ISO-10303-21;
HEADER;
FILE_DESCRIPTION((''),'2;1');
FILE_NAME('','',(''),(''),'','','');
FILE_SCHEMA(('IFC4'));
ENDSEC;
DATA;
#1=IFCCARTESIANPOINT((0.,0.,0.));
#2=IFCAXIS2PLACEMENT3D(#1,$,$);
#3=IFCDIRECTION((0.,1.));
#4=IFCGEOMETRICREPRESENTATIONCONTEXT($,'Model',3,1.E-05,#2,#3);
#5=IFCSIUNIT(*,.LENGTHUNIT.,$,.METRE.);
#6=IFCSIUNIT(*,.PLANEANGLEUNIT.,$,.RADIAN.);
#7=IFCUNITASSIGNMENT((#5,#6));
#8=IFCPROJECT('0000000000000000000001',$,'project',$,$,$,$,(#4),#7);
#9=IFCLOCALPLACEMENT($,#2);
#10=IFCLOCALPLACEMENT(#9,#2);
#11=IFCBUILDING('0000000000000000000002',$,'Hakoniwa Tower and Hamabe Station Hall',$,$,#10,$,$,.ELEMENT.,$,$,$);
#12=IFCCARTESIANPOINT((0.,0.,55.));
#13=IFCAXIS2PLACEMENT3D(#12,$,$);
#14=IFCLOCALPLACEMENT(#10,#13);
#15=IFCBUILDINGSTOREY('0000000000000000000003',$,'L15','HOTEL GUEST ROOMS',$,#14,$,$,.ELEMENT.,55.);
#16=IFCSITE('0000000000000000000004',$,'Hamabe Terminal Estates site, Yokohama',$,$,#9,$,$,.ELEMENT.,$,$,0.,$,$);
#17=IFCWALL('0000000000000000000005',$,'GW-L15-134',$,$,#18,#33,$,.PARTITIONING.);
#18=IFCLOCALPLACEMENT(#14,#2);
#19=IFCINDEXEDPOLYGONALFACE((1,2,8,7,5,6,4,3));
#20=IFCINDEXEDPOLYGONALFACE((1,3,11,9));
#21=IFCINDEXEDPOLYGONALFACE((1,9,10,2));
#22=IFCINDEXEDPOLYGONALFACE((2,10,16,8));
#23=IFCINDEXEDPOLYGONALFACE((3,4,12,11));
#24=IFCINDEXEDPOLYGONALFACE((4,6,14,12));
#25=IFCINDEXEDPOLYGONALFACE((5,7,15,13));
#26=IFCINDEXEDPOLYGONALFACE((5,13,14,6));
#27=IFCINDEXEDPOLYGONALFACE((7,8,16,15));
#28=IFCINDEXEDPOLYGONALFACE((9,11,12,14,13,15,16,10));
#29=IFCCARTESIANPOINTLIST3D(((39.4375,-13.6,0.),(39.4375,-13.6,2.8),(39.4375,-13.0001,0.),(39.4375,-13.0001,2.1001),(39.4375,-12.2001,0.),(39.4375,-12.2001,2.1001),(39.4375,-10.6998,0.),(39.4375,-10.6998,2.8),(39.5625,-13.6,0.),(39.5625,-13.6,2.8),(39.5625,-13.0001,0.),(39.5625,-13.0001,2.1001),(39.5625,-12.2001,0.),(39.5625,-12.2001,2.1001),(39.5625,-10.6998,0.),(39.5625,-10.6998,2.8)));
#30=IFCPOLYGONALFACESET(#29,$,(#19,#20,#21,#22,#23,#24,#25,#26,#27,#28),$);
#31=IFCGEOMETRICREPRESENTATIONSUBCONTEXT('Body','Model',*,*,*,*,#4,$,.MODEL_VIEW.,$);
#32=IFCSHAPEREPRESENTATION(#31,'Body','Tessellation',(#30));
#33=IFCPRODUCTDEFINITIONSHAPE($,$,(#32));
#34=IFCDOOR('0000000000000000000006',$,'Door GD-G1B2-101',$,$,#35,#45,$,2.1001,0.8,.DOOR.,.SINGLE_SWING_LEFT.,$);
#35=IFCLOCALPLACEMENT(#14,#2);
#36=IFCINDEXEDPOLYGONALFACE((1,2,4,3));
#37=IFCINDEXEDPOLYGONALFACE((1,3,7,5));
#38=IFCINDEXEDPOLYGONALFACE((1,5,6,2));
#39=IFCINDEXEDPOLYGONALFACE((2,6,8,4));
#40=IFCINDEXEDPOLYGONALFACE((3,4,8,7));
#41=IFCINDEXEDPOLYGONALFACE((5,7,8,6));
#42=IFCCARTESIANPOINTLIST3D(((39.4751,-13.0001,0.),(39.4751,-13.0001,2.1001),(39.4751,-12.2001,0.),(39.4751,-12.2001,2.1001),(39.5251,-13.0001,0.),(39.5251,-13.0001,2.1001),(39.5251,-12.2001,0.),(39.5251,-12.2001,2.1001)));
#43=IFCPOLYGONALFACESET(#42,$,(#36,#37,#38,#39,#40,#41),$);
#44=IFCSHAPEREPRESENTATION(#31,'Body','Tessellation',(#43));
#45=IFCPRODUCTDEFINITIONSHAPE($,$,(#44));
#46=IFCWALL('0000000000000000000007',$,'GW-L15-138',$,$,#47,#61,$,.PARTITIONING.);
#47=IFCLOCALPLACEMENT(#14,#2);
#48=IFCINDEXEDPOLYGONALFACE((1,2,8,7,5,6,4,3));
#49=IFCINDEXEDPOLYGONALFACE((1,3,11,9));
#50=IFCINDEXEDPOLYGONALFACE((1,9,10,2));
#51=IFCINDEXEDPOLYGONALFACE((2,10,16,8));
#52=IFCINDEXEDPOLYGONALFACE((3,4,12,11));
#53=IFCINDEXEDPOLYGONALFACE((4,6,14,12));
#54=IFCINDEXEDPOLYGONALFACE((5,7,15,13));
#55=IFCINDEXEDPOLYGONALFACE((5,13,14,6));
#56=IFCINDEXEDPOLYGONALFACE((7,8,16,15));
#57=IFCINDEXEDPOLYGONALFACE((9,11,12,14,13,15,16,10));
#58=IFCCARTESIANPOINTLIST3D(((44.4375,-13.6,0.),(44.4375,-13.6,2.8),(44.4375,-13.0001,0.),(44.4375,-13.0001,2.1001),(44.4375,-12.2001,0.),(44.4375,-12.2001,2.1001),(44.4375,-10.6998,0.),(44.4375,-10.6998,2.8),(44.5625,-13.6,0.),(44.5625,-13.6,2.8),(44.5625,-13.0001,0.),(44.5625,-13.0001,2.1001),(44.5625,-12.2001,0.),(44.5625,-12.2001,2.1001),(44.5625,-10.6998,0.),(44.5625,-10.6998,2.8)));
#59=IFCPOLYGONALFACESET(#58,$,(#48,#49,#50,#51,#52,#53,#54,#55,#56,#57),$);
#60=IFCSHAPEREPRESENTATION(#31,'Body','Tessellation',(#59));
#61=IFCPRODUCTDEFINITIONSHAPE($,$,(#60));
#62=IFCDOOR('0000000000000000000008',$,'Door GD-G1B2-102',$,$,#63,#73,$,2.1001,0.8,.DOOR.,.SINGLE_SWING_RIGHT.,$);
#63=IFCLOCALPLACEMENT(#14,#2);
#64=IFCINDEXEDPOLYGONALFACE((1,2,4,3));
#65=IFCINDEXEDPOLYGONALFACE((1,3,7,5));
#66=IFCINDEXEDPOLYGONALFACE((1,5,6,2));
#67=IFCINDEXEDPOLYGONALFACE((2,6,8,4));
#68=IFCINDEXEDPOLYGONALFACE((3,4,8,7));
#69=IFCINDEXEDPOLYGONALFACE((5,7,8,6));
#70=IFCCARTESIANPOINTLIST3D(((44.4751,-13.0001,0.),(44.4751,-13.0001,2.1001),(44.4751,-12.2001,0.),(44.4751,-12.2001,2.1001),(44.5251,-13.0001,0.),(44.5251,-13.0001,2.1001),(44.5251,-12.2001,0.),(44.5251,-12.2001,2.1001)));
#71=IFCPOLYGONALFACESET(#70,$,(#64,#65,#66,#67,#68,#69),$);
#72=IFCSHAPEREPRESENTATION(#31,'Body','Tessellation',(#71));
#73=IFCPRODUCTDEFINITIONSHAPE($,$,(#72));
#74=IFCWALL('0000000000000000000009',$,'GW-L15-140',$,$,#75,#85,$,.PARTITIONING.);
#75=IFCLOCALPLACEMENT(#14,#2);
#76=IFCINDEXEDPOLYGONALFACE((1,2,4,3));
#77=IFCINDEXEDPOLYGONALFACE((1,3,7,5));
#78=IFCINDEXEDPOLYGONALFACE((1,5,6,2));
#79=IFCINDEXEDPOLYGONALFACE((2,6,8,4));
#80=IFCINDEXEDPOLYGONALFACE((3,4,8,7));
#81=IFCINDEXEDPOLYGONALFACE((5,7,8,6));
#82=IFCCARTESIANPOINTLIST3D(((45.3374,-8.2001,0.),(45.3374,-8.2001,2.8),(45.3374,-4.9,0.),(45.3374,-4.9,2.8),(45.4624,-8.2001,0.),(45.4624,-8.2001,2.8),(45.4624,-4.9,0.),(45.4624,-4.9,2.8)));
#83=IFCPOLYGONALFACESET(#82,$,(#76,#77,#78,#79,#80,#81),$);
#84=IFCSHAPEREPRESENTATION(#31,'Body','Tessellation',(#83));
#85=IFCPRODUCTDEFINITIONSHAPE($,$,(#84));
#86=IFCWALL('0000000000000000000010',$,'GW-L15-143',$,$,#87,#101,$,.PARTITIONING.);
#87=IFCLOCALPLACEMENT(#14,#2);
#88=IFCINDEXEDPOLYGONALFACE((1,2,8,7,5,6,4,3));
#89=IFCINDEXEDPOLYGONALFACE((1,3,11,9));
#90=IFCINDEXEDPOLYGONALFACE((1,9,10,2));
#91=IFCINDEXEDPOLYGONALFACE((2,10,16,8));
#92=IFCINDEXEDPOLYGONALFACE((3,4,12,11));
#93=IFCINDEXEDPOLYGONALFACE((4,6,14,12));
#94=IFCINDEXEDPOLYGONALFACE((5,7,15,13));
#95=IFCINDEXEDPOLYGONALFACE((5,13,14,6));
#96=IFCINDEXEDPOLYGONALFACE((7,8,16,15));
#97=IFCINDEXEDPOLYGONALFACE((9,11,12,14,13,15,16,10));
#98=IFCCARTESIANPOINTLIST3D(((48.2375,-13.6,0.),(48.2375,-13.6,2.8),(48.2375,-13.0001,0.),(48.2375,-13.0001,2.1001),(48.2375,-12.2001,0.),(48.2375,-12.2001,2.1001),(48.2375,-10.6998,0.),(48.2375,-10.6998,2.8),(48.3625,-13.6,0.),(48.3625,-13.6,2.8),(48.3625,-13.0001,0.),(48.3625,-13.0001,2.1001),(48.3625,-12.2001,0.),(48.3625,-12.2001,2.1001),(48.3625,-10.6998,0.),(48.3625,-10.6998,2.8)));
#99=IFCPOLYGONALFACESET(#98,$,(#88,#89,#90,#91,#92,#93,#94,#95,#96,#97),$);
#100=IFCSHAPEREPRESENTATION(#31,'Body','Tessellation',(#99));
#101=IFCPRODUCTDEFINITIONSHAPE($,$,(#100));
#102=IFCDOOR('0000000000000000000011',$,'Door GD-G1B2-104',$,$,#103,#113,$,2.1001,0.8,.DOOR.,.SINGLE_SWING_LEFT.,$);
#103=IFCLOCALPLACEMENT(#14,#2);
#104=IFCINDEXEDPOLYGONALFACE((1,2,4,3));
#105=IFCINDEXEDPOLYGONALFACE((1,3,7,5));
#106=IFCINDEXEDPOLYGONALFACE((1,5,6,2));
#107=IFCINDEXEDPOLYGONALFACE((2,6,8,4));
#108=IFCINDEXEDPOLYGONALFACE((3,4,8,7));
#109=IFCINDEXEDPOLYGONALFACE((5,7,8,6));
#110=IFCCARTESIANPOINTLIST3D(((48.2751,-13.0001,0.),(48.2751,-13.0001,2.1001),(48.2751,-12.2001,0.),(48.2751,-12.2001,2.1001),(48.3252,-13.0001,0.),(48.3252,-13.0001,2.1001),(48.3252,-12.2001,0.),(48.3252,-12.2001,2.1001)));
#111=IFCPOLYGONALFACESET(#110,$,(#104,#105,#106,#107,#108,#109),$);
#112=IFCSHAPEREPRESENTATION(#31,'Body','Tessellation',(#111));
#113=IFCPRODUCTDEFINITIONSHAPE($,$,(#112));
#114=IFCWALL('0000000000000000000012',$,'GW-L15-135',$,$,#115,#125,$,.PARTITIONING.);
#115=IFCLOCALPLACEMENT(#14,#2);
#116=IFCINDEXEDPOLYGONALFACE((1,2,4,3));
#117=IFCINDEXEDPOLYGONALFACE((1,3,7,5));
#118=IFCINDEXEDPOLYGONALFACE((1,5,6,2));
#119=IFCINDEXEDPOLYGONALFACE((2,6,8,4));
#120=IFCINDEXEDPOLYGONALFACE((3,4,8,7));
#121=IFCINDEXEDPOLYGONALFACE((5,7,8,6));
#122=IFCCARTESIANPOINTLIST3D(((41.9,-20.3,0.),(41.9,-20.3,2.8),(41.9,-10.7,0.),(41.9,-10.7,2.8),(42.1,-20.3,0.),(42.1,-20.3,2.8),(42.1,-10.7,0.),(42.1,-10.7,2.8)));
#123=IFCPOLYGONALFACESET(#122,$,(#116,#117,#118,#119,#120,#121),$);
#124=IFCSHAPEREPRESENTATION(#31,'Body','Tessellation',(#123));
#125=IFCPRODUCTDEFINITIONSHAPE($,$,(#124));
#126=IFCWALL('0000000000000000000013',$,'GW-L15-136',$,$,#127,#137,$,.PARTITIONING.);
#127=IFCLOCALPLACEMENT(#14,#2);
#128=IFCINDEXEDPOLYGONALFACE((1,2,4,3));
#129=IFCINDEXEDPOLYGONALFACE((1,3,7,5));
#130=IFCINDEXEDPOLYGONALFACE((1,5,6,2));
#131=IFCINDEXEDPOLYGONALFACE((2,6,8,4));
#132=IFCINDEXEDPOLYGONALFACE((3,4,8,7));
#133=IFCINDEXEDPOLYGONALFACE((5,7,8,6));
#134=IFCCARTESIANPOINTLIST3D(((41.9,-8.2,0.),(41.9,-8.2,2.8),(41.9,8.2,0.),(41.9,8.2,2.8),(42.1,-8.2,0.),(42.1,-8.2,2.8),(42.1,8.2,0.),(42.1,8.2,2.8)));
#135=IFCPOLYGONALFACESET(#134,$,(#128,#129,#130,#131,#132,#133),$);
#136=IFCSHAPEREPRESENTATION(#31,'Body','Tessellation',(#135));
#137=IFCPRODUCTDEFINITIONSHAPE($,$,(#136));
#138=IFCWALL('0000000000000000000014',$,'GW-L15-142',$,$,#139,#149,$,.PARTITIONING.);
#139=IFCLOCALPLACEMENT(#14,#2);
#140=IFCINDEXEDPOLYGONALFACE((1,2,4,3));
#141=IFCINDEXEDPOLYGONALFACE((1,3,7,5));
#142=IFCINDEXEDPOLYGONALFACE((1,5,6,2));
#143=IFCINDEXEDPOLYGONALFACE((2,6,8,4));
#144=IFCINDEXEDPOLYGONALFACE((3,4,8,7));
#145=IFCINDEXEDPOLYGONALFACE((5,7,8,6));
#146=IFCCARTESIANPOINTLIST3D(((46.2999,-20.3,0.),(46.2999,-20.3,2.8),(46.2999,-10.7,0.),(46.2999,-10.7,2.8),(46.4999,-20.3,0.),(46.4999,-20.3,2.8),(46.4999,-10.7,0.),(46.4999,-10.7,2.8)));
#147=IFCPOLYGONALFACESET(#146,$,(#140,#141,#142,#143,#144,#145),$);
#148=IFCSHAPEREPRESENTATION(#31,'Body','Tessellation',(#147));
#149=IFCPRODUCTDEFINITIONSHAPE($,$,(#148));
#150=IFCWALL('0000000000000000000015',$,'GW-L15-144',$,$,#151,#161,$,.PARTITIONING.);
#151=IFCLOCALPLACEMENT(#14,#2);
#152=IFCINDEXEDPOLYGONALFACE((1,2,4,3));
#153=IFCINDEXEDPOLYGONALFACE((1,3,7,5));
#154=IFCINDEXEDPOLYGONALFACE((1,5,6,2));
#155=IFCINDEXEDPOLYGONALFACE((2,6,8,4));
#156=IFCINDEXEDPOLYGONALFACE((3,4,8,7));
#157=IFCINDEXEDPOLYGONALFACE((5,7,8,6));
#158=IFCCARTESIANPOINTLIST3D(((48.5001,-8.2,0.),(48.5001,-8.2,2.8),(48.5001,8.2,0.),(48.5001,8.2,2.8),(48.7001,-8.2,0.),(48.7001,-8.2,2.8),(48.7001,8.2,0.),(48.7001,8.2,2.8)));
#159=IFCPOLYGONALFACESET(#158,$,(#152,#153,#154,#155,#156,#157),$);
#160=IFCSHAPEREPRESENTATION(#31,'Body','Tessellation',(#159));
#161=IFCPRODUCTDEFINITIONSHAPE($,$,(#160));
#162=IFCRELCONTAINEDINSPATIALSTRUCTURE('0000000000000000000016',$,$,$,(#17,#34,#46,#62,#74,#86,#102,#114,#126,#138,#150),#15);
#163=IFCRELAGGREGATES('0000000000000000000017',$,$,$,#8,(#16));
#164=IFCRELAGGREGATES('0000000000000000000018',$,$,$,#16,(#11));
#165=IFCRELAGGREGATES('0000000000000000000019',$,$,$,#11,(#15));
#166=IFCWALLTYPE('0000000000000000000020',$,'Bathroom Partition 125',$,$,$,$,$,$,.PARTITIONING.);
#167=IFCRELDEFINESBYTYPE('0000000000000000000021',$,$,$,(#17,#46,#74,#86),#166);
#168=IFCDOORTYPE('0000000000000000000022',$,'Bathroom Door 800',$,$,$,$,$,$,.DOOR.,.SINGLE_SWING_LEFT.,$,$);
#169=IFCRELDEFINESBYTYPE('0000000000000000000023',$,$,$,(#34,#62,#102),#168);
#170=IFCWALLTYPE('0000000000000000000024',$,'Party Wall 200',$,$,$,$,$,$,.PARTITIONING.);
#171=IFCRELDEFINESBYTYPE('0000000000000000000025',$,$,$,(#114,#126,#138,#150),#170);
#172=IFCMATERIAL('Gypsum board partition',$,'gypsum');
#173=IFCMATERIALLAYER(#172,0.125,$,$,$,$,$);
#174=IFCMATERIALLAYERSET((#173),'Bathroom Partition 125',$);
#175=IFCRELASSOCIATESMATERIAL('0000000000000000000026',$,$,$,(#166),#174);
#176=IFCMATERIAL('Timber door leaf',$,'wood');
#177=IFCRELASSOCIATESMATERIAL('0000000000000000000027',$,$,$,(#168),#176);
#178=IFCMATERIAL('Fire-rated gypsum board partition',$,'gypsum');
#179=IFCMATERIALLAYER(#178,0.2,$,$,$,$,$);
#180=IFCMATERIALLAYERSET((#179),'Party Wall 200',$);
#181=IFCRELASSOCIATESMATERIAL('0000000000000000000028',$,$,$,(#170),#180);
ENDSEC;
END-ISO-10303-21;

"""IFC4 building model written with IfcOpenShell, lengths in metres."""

from ifc_helpers import new_model, si_unit, direction, frame, frame_2d, origin, place, context, subcontext, project, spatial, rectangle, extrude, material, layer, layer_set, type_object, element, fill, save


model = new_model("IFC4")

# Units and contexts
model_context = context("Model", 3, precision=1e-05, world=origin(), true_north=direction((0.0, 1.0)))
body_context = subcontext(model_context, "Body", "Model", "MODEL_VIEW")
ifc_project = project(units=[si_unit("LENGTHUNIT", "METRE"), si_unit("PLANEANGLEUNIT", "RADIAN")], contexts=[model_context])

# Site, building, storey
site_placement = place(None, origin())
site = spatial("IfcSite", under=ifc_project, at=site_placement, Name="Hamabe Terminal Estates site, Yokohama", CompositionType="ELEMENT", RefElevation=0.0)
building_placement = place(site_placement, origin())
building = spatial("IfcBuilding", under=site, at=building_placement, Name="Hakoniwa Tower and Hamabe Station Hall", CompositionType="ELEMENT")
storey_placement = place(building_placement, frame((0.0, 0.0, 55.0)))
storey = spatial("IfcBuildingStorey", under=building, at=storey_placement, Name="L15", Description="HOTEL GUEST ROOMS", CompositionType="ELEMENT", Elevation=55.0)

# Shared definitions
ifc_material_1 = material(Name="Gypsum board partition", Category="gypsum")
ifc_layer_1 = layer(ifc_material_1, 0.125)
ifc_layer_set_1 = layer_set([ifc_layer_1], Name="Bathroom Partition 125")
wall_type_1 = type_object("IfcWallType", Name="Bathroom Partition 125", PredefinedType="PARTITIONING", material=ifc_layer_set_1)

# Walls, openings, doors
wall_1_placement = place(storey_placement, frame((39.5, -13.6001, 0.0), z_axis=(0.0, 0.0, 1.0), x_axis=(0.0, 1.0, 0.0)))
wall_1 = element("IfcWall", 1, at=wall_1_placement, inside=storey, type_object=wall_type_1, Name="GW-L15-134", PredefinedType="PARTITIONING", context=body_context, shape_type="SweptSolid", body=[
    extrude(rectangle(XDim=2.9001, YDim=0.125, at=frame_2d((1.4502, 0.0))), origin(), (0.0, 0.0, 1.0), 2.8),
])
opening_1_placement = place(wall_1_placement, frame((0.6001, 0.0, 0.0)))
opening_1 = element("IfcOpeningElement", 2, at=opening_1_placement, cuts=wall_1, PredefinedType="OPENING", context=body_context, shape_type="SweptSolid", body=[
    extrude(rectangle(XDim=0.8, YDim=2.1001, at=frame_2d((0.3999, 1.05))), frame((0.0, 0.0725, 0.0), z_axis=(0.0, -1.0, 0.0), x_axis=(1.0, 0.0, 0.0)), (0.0, 0.0, 1.0), 0.145),
])
ifc_material_2 = material(Name="Timber door leaf", Category="wood")
door_type = type_object("IfcDoorType", Name="Bathroom Door 800", OperationType="SINGLE_SWING_LEFT", PredefinedType="DOOR", material=ifc_material_2)
door_1_placement = place(opening_1_placement, origin())
door_1 = element("IfcDoor", 3, at=door_1_placement, inside=storey, type_object=door_type, Name="Door GD-G1B2-101", OperationType="SINGLE_SWING_LEFT", OverallHeight=2.1001, OverallWidth=0.8, PredefinedType="DOOR", context=body_context, shape_type="SweptSolid", body=[
    extrude(rectangle(XDim=0.8, YDim=2.1001, at=frame_2d((0.3999, 1.05))), frame((0.0, 0.0249, 0.0), z_axis=(0.0, -1.0, 0.0), x_axis=(1.0, 0.0, 0.0)), (0.0, 0.0, 1.0), 0.05),
])
fill(opening_1, door_1)
wall_2_placement = place(storey_placement, frame((44.5, -13.6001, 0.0), z_axis=(0.0, 0.0, 1.0), x_axis=(0.0, 1.0, 0.0)))
wall_2 = element("IfcWall", 4, at=wall_2_placement, inside=storey, type_object=wall_type_1, Name="GW-L15-138", PredefinedType="PARTITIONING", context=body_context, shape_type="SweptSolid", body=[
    extrude(rectangle(XDim=2.9001, YDim=0.125, at=frame_2d((1.4502, 0.0))), origin(), (0.0, 0.0, 1.0), 2.8),
])
opening_2_placement = place(wall_2_placement, frame((0.6001, 0.0, 0.0)))
opening_2 = element("IfcOpeningElement", 5, at=opening_2_placement, cuts=wall_2, PredefinedType="OPENING", context=body_context, shape_type="SweptSolid", body=[
    extrude(rectangle(XDim=0.8, YDim=2.1001, at=frame_2d((0.3999, 1.05))), frame((0.0, 0.0725, 0.0), z_axis=(0.0, -1.0, 0.0), x_axis=(1.0, 0.0, 0.0)), (0.0, 0.0, 1.0), 0.145),
])
door_2_placement = place(opening_2_placement, origin())
door_2 = element("IfcDoor", 6, at=door_2_placement, inside=storey, type_object=door_type, Name="Door GD-G1B2-102", OperationType="SINGLE_SWING_RIGHT", OverallHeight=2.1001, OverallWidth=0.8, PredefinedType="DOOR", context=body_context, shape_type="SweptSolid", body=[
    extrude(rectangle(XDim=0.8, YDim=2.1001, at=frame_2d((0.3999, 1.05))), frame((0.0, 0.0249, 0.0), z_axis=(0.0, -1.0, 0.0), x_axis=(1.0, 0.0, 0.0)), (0.0, 0.0, 1.0), 0.05),
])
fill(opening_2, door_2)

# Wall
wall_3_placement = place(storey_placement, frame((45.3999, -8.2, 0.0), z_axis=(0.0, 0.0, 1.0), x_axis=(0.0, 1.0, 0.0)))
element("IfcWall", 7, at=wall_3_placement, inside=storey, type_object=wall_type_1, Name="GW-L15-140", PredefinedType="PARTITIONING", context=body_context, shape_type="SweptSolid", body=[
    extrude(rectangle(XDim=3.3, YDim=0.125, at=frame_2d((1.6499, 0.0))), origin(), (0.0, 0.0, 1.0), 2.8),
])

# Wall, opening, door
wall_4_placement = place(storey_placement, frame((48.3, -13.6001, 0.0), z_axis=(0.0, 0.0, 1.0), x_axis=(0.0, 1.0, 0.0)))
wall_4 = element("IfcWall", 8, at=wall_4_placement, inside=storey, type_object=wall_type_1, Name="GW-L15-143", PredefinedType="PARTITIONING", context=body_context, shape_type="SweptSolid", body=[
    extrude(rectangle(XDim=2.9001, YDim=0.125, at=frame_2d((1.4502, 0.0))), origin(), (0.0, 0.0, 1.0), 2.8),
])
opening_3_placement = place(wall_4_placement, frame((0.6001, 0.0, 0.0)))
opening_3 = element("IfcOpeningElement", 9, at=opening_3_placement, cuts=wall_4, PredefinedType="OPENING", context=body_context, shape_type="SweptSolid", body=[
    extrude(rectangle(XDim=0.8, YDim=2.1001, at=frame_2d((0.3999, 1.05))), frame((0.0, 0.0725, 0.0), z_axis=(0.0, -1.0, 0.0), x_axis=(1.0, 0.0, 0.0)), (0.0, 0.0, 1.0), 0.145),
])
door_3_placement = place(opening_3_placement, origin())
door_3 = element("IfcDoor", 10, at=door_3_placement, inside=storey, type_object=door_type, Name="Door GD-G1B2-104", OperationType="SINGLE_SWING_LEFT", OverallHeight=2.1001, OverallWidth=0.8, PredefinedType="DOOR", context=body_context, shape_type="SweptSolid", body=[
    extrude(rectangle(XDim=0.8, YDim=2.1001, at=frame_2d((0.3999, 1.05))), frame((0.0, 0.0249, 0.0), z_axis=(0.0, -1.0, 0.0), x_axis=(1.0, 0.0, 0.0)), (0.0, 0.0, 1.0), 0.05),
])
fill(opening_3, door_3)

# Walls
ifc_material_3 = material(Name="Fire-rated gypsum board partition", Category="gypsum")
ifc_layer_2 = layer(ifc_material_3, 0.2)
ifc_layer_set_2 = layer_set([ifc_layer_2], Name="Party Wall 200")
wall_type_2 = type_object("IfcWallType", Name="Party Wall 200", PredefinedType="PARTITIONING", material=ifc_layer_set_2)
wall_5_placement = place(storey_placement, frame((42.0, -20.3, 0.0), z_axis=(0.0, 0.0, 1.0), x_axis=(0.0, 1.0, 0.0)))
element("IfcWall", 11, at=wall_5_placement, inside=storey, type_object=wall_type_2, Name="GW-L15-135", PredefinedType="PARTITIONING", context=body_context, shape_type="SweptSolid", body=[
    extrude(rectangle(XDim=9.6001, YDim=0.2, at=frame_2d((4.8, 0.0))), origin(), (0.0, 0.0, 1.0), 2.8),
])
wall_6_placement = place(storey_placement, frame((42.0, -8.2, 0.0), z_axis=(0.0, 0.0, 1.0), x_axis=(0.0, 1.0, 0.0)))
element("IfcWall", 12, at=wall_6_placement, inside=storey, type_object=wall_type_2, Name="GW-L15-136", PredefinedType="PARTITIONING", context=body_context, shape_type="SweptSolid", body=[
    extrude(rectangle(XDim=16.3999, YDim=0.2, at=frame_2d((8.2, 0.0))), origin(), (0.0, 0.0, 1.0), 2.8),
])
wall_7_placement = place(storey_placement, frame((46.3999, -20.3, 0.0), z_axis=(0.0, 0.0, 1.0), x_axis=(0.0, 1.0, 0.0)))
element("IfcWall", 13, at=wall_7_placement, inside=storey, type_object=wall_type_2, Name="GW-L15-142", PredefinedType="PARTITIONING", context=body_context, shape_type="SweptSolid", body=[
    extrude(rectangle(XDim=9.6001, YDim=0.2, at=frame_2d((4.8, 0.0))), origin(), (0.0, 0.0, 1.0), 2.8),
])
wall_8_placement = place(storey_placement, frame((48.6001, -8.2, 0.0), z_axis=(0.0, 0.0, 1.0), x_axis=(0.0, 1.0, 0.0)))
element("IfcWall", 14, at=wall_8_placement, inside=storey, type_object=wall_type_2, Name="GW-L15-144", PredefinedType="PARTITIONING", context=body_context, shape_type="SweptSolid", body=[
    extrude(rectangle(XDim=16.3999, YDim=0.2, at=frame_2d((8.2, 0.0))), origin(), (0.0, 0.0, 1.0), 2.8),
])

save(model, "model.ifc")
